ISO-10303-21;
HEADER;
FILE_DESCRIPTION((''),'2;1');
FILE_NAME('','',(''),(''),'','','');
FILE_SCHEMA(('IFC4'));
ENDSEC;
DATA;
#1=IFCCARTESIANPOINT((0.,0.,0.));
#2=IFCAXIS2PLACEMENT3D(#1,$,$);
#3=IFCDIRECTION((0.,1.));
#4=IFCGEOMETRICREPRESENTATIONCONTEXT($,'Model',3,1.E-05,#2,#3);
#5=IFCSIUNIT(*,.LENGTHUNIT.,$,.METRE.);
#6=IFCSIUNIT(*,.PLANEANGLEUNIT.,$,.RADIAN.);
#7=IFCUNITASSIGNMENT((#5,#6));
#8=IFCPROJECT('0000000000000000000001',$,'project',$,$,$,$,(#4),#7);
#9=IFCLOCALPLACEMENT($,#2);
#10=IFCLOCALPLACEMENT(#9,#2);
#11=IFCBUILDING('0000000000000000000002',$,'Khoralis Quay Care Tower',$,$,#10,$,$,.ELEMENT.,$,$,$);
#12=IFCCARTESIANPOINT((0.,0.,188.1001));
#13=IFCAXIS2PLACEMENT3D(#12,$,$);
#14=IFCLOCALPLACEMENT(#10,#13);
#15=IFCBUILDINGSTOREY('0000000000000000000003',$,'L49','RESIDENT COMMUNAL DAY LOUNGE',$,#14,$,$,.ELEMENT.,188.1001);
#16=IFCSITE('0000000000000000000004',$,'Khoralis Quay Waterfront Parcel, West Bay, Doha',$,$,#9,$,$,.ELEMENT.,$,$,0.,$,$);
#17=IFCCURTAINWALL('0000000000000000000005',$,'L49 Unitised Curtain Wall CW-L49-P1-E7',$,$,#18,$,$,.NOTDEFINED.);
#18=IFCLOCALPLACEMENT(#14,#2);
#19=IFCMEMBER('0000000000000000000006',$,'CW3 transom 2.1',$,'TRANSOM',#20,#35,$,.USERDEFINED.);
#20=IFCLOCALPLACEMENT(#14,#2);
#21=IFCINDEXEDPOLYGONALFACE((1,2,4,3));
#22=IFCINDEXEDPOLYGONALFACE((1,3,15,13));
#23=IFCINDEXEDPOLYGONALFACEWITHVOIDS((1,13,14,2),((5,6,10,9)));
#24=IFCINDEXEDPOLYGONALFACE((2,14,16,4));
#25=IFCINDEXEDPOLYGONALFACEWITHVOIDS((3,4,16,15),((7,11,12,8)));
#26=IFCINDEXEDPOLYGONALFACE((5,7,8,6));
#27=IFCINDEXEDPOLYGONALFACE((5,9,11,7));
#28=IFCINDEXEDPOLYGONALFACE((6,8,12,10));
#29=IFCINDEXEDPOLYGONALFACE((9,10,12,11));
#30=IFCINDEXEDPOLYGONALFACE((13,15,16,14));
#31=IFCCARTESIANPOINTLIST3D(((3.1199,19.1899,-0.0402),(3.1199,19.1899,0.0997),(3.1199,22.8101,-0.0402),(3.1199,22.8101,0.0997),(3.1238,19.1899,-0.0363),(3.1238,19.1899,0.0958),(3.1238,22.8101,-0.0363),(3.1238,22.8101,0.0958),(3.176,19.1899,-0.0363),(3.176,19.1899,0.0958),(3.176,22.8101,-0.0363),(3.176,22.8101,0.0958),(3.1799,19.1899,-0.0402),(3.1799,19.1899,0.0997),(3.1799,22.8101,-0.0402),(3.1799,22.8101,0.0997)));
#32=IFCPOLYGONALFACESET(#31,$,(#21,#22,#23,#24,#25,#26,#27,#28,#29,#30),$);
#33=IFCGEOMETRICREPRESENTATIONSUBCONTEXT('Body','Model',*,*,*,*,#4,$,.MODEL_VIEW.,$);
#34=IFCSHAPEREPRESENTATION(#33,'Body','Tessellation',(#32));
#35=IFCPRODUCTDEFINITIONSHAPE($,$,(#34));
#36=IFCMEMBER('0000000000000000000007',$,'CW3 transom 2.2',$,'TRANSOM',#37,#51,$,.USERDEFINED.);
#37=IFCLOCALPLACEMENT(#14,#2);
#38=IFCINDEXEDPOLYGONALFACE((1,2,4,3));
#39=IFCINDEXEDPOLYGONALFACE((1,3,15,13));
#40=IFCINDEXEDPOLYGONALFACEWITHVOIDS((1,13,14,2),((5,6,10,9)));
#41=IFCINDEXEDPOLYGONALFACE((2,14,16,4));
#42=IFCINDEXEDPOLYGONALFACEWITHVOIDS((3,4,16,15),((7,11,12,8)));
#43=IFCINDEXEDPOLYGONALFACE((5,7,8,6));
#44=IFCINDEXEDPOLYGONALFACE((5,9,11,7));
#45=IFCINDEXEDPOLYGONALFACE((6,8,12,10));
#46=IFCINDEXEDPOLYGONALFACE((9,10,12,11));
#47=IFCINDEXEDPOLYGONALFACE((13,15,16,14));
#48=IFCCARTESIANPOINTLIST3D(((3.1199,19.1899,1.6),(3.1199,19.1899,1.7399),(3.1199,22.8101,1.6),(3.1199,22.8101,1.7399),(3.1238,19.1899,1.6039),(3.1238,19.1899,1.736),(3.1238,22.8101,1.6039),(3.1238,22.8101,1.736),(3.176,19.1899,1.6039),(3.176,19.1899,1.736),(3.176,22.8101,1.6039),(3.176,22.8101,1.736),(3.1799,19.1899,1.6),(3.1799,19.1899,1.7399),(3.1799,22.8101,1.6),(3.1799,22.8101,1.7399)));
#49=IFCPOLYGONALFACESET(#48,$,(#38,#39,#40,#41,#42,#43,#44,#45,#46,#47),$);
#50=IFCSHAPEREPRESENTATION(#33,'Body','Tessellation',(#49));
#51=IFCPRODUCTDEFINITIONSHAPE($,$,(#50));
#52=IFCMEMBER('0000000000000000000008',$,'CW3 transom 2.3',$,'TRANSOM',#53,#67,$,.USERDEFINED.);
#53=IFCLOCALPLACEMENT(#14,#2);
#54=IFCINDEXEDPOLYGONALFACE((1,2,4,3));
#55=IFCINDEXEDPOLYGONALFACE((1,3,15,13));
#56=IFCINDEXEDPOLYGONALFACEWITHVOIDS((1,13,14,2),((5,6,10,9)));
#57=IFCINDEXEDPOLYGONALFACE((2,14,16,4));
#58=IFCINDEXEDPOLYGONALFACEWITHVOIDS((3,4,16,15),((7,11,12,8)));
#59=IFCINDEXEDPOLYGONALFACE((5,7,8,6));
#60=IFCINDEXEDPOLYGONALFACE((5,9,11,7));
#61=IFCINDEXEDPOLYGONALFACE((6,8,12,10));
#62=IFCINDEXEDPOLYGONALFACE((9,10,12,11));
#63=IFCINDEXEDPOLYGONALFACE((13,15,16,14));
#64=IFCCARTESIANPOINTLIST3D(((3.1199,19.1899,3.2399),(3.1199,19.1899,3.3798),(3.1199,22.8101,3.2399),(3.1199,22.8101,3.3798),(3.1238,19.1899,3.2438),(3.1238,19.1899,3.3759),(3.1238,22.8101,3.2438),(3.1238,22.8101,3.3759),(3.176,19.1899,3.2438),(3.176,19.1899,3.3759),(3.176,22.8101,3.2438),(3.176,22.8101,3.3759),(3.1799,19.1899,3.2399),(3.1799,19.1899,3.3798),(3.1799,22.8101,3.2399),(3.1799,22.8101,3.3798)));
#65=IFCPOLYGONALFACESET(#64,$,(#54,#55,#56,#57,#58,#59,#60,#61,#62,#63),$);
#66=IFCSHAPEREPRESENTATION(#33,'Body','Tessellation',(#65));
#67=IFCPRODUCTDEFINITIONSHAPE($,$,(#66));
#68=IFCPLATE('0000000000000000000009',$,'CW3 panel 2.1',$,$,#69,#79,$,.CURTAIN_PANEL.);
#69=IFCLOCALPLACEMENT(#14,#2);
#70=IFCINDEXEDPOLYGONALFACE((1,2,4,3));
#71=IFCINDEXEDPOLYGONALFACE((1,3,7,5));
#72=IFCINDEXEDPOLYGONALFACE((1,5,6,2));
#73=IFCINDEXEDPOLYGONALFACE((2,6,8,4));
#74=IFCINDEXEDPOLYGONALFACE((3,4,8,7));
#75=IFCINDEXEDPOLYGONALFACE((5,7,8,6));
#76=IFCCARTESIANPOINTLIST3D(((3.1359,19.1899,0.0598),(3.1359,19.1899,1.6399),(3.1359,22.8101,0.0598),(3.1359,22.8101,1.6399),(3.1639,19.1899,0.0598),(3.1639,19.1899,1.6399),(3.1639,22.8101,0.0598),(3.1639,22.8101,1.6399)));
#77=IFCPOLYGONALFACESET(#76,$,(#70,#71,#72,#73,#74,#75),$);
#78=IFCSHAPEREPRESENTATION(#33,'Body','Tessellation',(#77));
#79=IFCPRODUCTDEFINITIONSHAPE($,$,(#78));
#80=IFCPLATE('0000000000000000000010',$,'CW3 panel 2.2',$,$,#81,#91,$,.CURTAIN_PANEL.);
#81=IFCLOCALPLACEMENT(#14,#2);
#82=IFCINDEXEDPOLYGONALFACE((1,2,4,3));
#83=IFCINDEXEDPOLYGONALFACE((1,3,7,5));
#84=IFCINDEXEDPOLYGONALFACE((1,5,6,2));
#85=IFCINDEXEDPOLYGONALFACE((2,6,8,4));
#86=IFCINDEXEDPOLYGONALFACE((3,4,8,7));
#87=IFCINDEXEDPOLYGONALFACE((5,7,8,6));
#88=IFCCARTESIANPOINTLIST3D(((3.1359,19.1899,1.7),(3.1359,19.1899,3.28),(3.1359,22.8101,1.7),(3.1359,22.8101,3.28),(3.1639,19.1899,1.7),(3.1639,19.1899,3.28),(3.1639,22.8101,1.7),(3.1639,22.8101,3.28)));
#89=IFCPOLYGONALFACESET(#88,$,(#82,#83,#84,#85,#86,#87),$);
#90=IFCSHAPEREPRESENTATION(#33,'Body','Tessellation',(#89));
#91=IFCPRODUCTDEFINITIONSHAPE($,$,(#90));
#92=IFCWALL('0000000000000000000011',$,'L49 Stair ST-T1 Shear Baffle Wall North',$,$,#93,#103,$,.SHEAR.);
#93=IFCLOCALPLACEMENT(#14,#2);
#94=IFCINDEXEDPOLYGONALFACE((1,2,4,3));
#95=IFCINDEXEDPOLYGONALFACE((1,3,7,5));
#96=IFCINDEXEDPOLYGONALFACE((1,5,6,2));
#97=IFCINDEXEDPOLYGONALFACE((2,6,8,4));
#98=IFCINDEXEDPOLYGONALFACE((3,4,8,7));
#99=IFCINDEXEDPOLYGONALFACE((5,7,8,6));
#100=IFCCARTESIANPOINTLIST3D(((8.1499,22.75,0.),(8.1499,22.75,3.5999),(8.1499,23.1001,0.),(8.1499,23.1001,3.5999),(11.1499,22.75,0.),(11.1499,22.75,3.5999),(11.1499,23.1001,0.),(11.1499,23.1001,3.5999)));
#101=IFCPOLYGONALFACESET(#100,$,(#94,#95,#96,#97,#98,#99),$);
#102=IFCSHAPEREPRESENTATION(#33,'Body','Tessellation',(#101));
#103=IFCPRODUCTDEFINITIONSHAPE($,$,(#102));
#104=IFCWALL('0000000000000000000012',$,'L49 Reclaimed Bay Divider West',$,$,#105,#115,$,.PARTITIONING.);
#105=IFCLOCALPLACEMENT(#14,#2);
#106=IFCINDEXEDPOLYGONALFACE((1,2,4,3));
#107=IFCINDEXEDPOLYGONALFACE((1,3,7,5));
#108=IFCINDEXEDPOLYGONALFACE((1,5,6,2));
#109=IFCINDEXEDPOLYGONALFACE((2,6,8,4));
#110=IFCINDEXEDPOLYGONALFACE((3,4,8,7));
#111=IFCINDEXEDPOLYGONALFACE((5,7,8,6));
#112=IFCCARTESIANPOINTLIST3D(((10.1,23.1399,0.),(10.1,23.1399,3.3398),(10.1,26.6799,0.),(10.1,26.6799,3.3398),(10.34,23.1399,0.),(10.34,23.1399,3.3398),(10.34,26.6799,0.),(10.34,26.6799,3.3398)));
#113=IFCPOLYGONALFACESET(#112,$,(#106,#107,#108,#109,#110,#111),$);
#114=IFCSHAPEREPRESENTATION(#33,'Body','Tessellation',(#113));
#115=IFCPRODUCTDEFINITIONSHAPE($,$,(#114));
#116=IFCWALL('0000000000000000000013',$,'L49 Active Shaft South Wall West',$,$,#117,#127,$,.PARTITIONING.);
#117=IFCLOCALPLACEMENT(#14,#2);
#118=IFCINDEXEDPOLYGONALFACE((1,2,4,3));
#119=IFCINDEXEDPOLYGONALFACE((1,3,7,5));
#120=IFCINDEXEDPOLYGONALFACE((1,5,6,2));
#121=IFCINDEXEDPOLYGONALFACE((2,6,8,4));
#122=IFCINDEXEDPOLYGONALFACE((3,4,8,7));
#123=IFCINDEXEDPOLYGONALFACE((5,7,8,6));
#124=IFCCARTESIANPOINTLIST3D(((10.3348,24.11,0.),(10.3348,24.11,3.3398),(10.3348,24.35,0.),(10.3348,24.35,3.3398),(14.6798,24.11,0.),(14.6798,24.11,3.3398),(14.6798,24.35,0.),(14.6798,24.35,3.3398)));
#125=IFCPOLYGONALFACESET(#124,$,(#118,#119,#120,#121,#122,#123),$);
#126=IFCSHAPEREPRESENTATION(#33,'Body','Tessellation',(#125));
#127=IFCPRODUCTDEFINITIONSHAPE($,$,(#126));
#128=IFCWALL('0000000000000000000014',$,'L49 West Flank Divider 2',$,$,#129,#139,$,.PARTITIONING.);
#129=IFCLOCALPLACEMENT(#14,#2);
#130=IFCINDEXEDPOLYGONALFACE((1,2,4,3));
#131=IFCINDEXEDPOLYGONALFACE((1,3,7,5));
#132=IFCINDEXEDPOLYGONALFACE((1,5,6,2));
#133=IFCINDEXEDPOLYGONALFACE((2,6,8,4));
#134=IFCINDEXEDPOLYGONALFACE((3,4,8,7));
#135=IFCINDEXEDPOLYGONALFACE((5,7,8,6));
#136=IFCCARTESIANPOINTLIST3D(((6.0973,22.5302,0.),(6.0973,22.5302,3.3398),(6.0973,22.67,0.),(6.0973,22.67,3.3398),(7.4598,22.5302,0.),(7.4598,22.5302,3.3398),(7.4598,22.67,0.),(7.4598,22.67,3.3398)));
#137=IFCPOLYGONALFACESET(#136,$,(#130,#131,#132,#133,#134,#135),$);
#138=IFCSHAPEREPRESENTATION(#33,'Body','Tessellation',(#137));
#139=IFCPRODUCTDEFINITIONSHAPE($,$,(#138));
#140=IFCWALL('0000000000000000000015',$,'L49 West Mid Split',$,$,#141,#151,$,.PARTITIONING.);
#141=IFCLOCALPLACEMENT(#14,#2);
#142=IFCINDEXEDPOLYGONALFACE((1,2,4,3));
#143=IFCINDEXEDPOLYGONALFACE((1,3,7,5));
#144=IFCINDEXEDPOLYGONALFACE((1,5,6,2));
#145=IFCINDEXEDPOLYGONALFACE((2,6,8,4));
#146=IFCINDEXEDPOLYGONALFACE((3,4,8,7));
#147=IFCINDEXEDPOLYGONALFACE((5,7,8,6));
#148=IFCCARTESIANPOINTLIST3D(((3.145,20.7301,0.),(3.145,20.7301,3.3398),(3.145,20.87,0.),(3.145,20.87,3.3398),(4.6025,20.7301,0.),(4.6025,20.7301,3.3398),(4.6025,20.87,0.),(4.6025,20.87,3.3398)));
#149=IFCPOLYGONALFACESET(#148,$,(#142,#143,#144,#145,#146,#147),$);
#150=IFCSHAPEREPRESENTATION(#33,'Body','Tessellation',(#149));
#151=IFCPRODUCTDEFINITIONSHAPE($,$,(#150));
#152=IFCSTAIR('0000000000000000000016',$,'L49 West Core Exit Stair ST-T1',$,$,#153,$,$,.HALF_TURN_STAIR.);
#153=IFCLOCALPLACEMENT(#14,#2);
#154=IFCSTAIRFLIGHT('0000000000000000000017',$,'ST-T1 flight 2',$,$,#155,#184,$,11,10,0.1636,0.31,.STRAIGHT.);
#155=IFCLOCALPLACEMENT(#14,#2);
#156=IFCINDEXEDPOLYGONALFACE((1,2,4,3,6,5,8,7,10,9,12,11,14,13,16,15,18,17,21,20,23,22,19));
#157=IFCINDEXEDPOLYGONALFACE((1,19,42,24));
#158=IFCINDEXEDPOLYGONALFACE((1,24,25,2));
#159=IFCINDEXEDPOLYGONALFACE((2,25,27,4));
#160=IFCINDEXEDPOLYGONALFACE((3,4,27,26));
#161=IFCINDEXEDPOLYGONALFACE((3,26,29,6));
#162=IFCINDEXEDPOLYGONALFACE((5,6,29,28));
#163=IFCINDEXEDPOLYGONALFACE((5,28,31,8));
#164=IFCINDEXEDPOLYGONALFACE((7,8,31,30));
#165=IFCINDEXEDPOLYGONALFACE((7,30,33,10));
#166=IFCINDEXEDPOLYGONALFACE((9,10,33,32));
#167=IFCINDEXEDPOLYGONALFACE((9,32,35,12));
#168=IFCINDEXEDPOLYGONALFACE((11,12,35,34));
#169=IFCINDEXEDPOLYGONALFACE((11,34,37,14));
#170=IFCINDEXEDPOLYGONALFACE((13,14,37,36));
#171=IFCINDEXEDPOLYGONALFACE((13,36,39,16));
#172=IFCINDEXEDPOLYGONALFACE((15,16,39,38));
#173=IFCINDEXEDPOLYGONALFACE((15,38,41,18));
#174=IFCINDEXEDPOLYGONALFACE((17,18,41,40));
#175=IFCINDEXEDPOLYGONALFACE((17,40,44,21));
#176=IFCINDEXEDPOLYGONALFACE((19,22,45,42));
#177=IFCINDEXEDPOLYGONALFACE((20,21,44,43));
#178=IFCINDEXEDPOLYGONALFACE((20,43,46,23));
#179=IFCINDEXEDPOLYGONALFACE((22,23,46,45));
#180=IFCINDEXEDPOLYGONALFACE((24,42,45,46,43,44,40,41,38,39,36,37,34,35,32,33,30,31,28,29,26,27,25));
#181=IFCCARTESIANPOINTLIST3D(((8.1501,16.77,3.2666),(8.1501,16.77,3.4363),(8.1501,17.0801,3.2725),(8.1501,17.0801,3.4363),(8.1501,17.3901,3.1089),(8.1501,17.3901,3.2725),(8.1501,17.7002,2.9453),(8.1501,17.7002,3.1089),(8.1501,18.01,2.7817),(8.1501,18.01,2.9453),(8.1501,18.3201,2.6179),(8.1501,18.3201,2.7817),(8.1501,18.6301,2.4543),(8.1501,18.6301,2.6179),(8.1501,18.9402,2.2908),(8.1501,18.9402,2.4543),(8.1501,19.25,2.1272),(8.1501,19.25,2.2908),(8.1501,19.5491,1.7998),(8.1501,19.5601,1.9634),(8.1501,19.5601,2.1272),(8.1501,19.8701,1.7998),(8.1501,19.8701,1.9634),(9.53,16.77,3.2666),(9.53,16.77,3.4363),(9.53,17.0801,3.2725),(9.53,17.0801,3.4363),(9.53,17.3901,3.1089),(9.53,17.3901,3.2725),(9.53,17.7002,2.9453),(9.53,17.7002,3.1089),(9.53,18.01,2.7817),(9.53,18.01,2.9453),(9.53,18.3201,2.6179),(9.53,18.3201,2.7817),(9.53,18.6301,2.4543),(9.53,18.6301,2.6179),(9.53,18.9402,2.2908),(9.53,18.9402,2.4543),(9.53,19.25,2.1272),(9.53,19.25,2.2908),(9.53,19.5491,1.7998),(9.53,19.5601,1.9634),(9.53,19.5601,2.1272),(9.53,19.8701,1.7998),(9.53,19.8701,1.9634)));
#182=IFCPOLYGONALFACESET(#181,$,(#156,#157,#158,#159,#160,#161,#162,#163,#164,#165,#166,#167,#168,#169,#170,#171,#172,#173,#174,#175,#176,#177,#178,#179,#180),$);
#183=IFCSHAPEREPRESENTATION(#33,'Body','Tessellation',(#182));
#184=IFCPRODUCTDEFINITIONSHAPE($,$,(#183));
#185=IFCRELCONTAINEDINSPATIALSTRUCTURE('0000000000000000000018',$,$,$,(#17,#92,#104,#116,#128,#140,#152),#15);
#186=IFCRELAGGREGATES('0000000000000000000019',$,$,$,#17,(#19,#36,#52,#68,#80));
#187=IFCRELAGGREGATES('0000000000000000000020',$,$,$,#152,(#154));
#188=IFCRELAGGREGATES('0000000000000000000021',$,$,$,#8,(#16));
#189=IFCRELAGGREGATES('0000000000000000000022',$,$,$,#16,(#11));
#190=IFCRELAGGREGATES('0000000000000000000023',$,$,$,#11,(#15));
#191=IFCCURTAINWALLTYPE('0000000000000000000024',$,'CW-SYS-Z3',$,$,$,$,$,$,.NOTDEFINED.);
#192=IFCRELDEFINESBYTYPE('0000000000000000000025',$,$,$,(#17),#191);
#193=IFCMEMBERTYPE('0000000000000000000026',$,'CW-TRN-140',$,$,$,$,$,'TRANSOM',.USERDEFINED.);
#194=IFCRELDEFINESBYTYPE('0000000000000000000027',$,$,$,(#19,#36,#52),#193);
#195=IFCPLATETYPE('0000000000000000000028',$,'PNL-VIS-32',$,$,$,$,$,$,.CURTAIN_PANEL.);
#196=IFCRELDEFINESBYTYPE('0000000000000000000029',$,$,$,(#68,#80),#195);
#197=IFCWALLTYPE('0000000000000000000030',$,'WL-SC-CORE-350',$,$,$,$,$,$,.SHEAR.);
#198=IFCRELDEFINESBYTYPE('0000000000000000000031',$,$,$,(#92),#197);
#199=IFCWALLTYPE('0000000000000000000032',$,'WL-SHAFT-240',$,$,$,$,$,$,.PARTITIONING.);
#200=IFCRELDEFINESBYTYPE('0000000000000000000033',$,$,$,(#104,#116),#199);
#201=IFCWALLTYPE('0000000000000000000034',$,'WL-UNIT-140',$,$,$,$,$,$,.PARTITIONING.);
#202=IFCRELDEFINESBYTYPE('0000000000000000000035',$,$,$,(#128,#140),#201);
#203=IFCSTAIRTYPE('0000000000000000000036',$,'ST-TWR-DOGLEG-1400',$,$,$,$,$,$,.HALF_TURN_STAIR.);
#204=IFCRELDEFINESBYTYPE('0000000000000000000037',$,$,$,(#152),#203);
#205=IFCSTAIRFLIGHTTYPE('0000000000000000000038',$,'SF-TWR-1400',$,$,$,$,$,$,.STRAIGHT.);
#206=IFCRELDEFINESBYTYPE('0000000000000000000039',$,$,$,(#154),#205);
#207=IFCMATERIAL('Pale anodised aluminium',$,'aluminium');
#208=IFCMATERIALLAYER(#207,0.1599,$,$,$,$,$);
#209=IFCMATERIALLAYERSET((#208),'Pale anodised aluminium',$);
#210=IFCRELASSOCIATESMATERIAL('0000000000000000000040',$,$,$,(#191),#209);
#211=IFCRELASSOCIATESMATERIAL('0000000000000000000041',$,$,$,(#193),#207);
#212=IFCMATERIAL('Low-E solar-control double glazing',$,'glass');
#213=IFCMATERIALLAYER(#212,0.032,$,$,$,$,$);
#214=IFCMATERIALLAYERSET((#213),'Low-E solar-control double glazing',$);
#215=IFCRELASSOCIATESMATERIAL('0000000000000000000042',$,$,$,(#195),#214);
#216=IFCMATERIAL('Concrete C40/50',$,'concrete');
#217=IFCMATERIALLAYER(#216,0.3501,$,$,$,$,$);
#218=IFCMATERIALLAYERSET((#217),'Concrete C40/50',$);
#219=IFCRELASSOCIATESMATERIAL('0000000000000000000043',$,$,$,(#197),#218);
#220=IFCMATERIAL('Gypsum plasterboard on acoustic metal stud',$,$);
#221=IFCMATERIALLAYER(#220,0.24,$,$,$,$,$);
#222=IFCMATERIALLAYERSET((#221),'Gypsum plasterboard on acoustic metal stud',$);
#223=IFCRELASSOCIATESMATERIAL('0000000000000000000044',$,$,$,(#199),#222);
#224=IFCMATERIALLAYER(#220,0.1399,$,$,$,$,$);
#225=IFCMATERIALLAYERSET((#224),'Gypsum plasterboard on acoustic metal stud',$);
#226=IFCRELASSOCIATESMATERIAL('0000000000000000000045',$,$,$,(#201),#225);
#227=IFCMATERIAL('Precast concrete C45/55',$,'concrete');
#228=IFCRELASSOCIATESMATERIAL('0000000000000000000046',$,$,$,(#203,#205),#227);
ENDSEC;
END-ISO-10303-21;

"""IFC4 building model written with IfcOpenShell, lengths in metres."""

from ifc_helpers import new_model, si_unit, direction, frame, frame_2d, origin, origin_2d, place, context, subcontext, project, spatial, polyline, rectangle, hollow_rectangle, outline, extrude, source, transform, mapped, material, layer, layer_set, material_profile, profile_set, type_object, element, aggregate, save


model = new_model("IFC4")

# Units and contexts
model_context = context("Model", 3, precision=1e-05, world=origin(), true_north=direction((0.0, 1.0)))
body_context = subcontext(model_context, "Body", "Model", "MODEL_VIEW")
ifc_project = project(units=[si_unit("LENGTHUNIT", "METRE"), si_unit("PLANEANGLEUNIT", "RADIAN")], contexts=[model_context])

# Site, building, storey
site_placement = place(None, origin())
site = spatial("IfcSite", under=ifc_project, at=site_placement, Name="Khoralis Quay Waterfront Parcel, West Bay, Doha", CompositionType="ELEMENT", RefElevation=0.0)
building_placement = place(site_placement, origin())
building = spatial("IfcBuilding", under=site, at=building_placement, Name="Khoralis Quay Care Tower", CompositionType="ELEMENT")
storey_placement = place(building_placement, frame((0.0, 0.0, 188.1001)))
storey = spatial("IfcBuildingStorey", under=building, at=storey_placement, Name="L49", Description="RESIDENT COMMUNAL DAY LOUNGE", CompositionType="ELEMENT", Elevation=188.1001)

# Curtain wall, members, plates
ifc_material_1 = material(Name="Pale anodised aluminium", Category="aluminium")
ifc_layer_1 = layer(ifc_material_1, 0.1599)
ifc_layer_set_1 = layer_set([ifc_layer_1], Name="Pale anodised aluminium")
curtain_wall_type = type_object("IfcCurtainWallType", Name="CW-SYS-Z3", PredefinedType="NOTDEFINED", material=ifc_layer_set_1)
curtain_wall_placement = place(storey_placement, origin())
curtain_wall = element("IfcCurtainWall", 1, at=curtain_wall_placement, inside=storey, type_object=curtain_wall_type, Name="L49 Unitised Curtain Wall CW-L49-P1-E7", PredefinedType="NOTDEFINED")
ifc_material_profile_1 = material_profile(ifc_material_1, hollow_rectangle(XDim=0.0601, YDim=0.1399, WallThickness=0.0039, at=origin_2d()), Name="Pale anodised aluminium")
ifc_profile_set_1 = profile_set([ifc_material_profile_1], Name="Pale anodised aluminium")
member_type_1 = type_object("IfcMemberType", Name="CW-TRN-140", ElementType="TRANSOM", PredefinedType="USERDEFINED", material=ifc_profile_set_1)
shared_shape_1 = source(origin(), body_context, "Body", "SweptSolid", [
    extrude(hollow_rectangle(XDim=0.0601, YDim=0.1399, WallThickness=0.0039, at=origin_2d()), origin(), (0.0, 0.0, 1.0), 3.6201),
])
member_1_placement = place(storey_placement, frame((3.1499, 22.8101, 0.0298), z_axis=(0.0, -1.0, 0.0), x_axis=(1.0, 0.0, 0.0)))
member_1 = element("IfcMember", 2, at=member_1_placement, type_object=member_type_1, Name="CW3 transom 2.1", ObjectType="TRANSOM", PredefinedType="USERDEFINED", context=body_context, shape_type="MappedRepresentation", body=[
    mapped(shared_shape_1, transform((0.0, 0.0, 0.0), scale=1.0)),
])
member_2_placement = place(storey_placement, frame((3.1499, 22.8101, 1.6699), z_axis=(0.0, -1.0, 0.0), x_axis=(1.0, 0.0, 0.0)))
member_2 = element("IfcMember", 3, at=member_2_placement, type_object=member_type_1, Name="CW3 transom 2.2", ObjectType="TRANSOM", PredefinedType="USERDEFINED", context=body_context, shape_type="MappedRepresentation", body=[
    mapped(shared_shape_1, transform((0.0, 0.0, 0.0), scale=1.0)),
])
member_3_placement = place(storey_placement, frame((3.1499, 22.8101, 3.3098), z_axis=(0.0, -1.0, 0.0), x_axis=(1.0, 0.0, 0.0)))
member_3 = element("IfcMember", 4, at=member_3_placement, type_object=member_type_1, Name="CW3 transom 2.3", ObjectType="TRANSOM", PredefinedType="USERDEFINED", context=body_context, shape_type="MappedRepresentation", body=[
    mapped(shared_shape_1, transform((0.0, 0.0, 0.0), scale=1.0)),
])
ifc_material_2 = material(Name="Low-E solar-control double glazing", Category="glass")
ifc_layer_2 = layer(ifc_material_2, 0.032)
ifc_layer_set_2 = layer_set([ifc_layer_2], Name="Low-E solar-control double glazing")
plate_type = type_object("IfcPlateType", Name="PNL-VIS-32", PredefinedType="CURTAIN_PANEL", material=ifc_layer_set_2)
shared_shape_2 = source(origin(), body_context, "Body", "SweptSolid", [
    extrude(rectangle(XDim=3.6201, YDim=0.0281, at=origin_2d()), origin(), (0.0, 0.0, 1.0), 1.5801),
])
plate_1_placement = place(storey_placement, frame((3.1499, 21.0, 0.0598), z_axis=(0.0, 0.0, 1.0), x_axis=(0.0, -1.0, 0.0)))
plate_1 = element("IfcPlate", 5, at=plate_1_placement, type_object=plate_type, Name="CW3 panel 2.1", PredefinedType="CURTAIN_PANEL", context=body_context, shape_type="MappedRepresentation", body=[
    mapped(shared_shape_2, transform((0.0, 0.0, 0.0), scale=1.0)),
])
plate_2_placement = place(storey_placement, frame((3.1499, 21.0, 1.7), z_axis=(0.0, 0.0, 1.0), x_axis=(0.0, -1.0, 0.0)))
plate_2 = element("IfcPlate", 6, at=plate_2_placement, type_object=plate_type, Name="CW3 panel 2.2", PredefinedType="CURTAIN_PANEL", context=body_context, shape_type="MappedRepresentation", body=[
    mapped(shared_shape_2, transform((0.0, 0.0, 0.0), scale=1.0)),
])
aggregate(curtain_wall, [member_1, member_2, member_3, plate_1, plate_2])

# Walls
ifc_material_3 = material(Name="Concrete C40/50", Category="concrete")
ifc_layer_3 = layer(ifc_material_3, 0.3501)
ifc_layer_set_3 = layer_set([ifc_layer_3], Name="Concrete C40/50")
wall_type_1 = type_object("IfcWallType", Name="WL-SC-CORE-350", PredefinedType="SHEAR", material=ifc_layer_set_3)
wall_1_placement = place(storey_placement, frame((8.1499, 22.925, 0.0), z_axis=(0.0, 0.0, 1.0), x_axis=(1.0, 0.0, 0.0)))
element("IfcWall", 7, at=wall_1_placement, inside=storey, type_object=wall_type_1, Name="L49 Stair ST-T1 Shear Baffle Wall North", PredefinedType="SHEAR", context=body_context, shape_type="SweptSolid", body=[
    extrude(rectangle(XDim=3.0, YDim=0.3501, at=frame_2d((1.5, 0.0))), origin(), (0.0, 0.0, 1.0), 3.5999),
])
ifc_material_4 = material(Name="Gypsum plasterboard on acoustic metal stud")
ifc_layer_4 = layer(ifc_material_4, 0.24)
ifc_layer_set_4 = layer_set([ifc_layer_4], Name="Gypsum plasterboard on acoustic metal stud")
wall_type_2 = type_object("IfcWallType", Name="WL-SHAFT-240", PredefinedType="PARTITIONING", material=ifc_layer_set_4)
wall_2_placement = place(storey_placement, frame((10.22, 23.1399, 0.0), z_axis=(0.0, 0.0, 1.0), x_axis=(0.0, 1.0, 0.0)))
element("IfcWall", 8, at=wall_2_placement, inside=storey, type_object=wall_type_2, Name="L49 Reclaimed Bay Divider West", PredefinedType="PARTITIONING", context=body_context, shape_type="SweptSolid", body=[
    extrude(rectangle(XDim=3.54, YDim=0.24, at=frame_2d((1.77, 0.0))), origin(), (0.0, 0.0, 1.0), 3.3398),
])
wall_3_placement = place(storey_placement, frame((10.335, 24.23, 0.0), z_axis=(0.0, 0.0, 1.0), x_axis=(1.0, 0.0, 0.0)))
element("IfcWall", 9, at=wall_3_placement, inside=storey, type_object=wall_type_2, Name="L49 Active Shaft South Wall West", PredefinedType="PARTITIONING", context=body_context, shape_type="SweptSolid", body=[
    extrude(rectangle(XDim=4.345, YDim=0.24, at=frame_2d((2.1724, 0.0))), origin(), (0.0, 0.0, 1.0), 3.3398),
])
ifc_layer_5 = layer(ifc_material_4, 0.1399)
ifc_layer_set_5 = layer_set([ifc_layer_5], Name="Gypsum plasterboard on acoustic metal stud")
wall_type_3 = type_object("IfcWallType", Name="WL-UNIT-140", PredefinedType="PARTITIONING", material=ifc_layer_set_5)
wall_4_placement = place(storey_placement, frame((6.0974, 22.6001, 0.0), z_axis=(0.0, 0.0, 1.0), x_axis=(1.0, 0.0, 0.0)))
element("IfcWall", 10, at=wall_4_placement, inside=storey, type_object=wall_type_3, Name="L49 West Flank Divider 2", PredefinedType="PARTITIONING", context=body_context, shape_type="SweptSolid", body=[
    extrude(rectangle(XDim=1.3625, YDim=0.1399, at=frame_2d((0.6812, 0.0))), origin(), (0.0, 0.0, 1.0), 3.3398),
])
wall_5_placement = place(storey_placement, frame((3.145, 20.8, 0.0), z_axis=(0.0, 0.0, 1.0), x_axis=(1.0, 0.0, 0.0)))
element("IfcWall", 11, at=wall_5_placement, inside=storey, type_object=wall_type_3, Name="L49 West Mid Split", PredefinedType="PARTITIONING", context=body_context, shape_type="SweptSolid", body=[
    extrude(rectangle(XDim=1.4575, YDim=0.1399, at=frame_2d((0.7288, 0.0))), origin(), (0.0, 0.0, 1.0), 3.3398),
])

# Stair, stair flight
ifc_material_5 = material(Name="Precast concrete C45/55", Category="concrete")
stair_type = type_object("IfcStairType", Name="ST-TWR-DOGLEG-1400", PredefinedType="HALF_TURN_STAIR", material=ifc_material_5)
stair_placement = place(storey_placement, origin())
stair = element("IfcStair", 12, at=stair_placement, inside=storey, type_object=stair_type, Name="L49 West Core Exit Stair ST-T1", PredefinedType="HALF_TURN_STAIR")
stair_flight_type = type_object("IfcStairFlightType", Name="SF-TWR-1400", PredefinedType="STRAIGHT", material=ifc_material_5)
shared_shape_3 = source(origin(), body_context, "Body", "SweptSolid", [
    extrude(outline(polyline([(0.0, 0.0), (0.0, 0.1636), (0.3101, 0.1636), (0.3101, 0.3274), (0.6201, 0.3274), (0.6201, 0.491), (0.9299, 0.491), (0.9299, 0.6545), (1.24, 0.6545), (1.24, 0.8181), (1.55, 0.8181), (1.55, 0.9819), (1.8601, 0.9819), (1.8601, 1.1455), (2.1699, 1.1455), (2.1699, 1.3091), (2.48, 1.3091), (2.48, 1.4727), (2.79, 1.4727), (2.79, 1.6365), (3.1001, 1.6365), (3.1001, 1.8), (3.1001, 1.4668), (0.321, 0.0), (0.0, 0.0)])), frame((0.0, 0.6899, 0.0), z_axis=(0.0, -1.0, 0.0), x_axis=(1.0, 0.0, 0.0)), (0.0, 0.0, 1.0), 1.3799),
])
stair_flight_placement = place(storey_placement, frame((8.8401, 19.8701, 1.7998), z_axis=(0.0, 0.0, 1.0), x_axis=(0.0, -1.0, 0.0)))
stair_flight = element("IfcStairFlight", 13, at=stair_flight_placement, type_object=stair_flight_type, Name="ST-T1 flight 2", NumberOfRisers=11, NumberOfTreads=10, PredefinedType="STRAIGHT", RiserHeight=0.1636, TreadLength=0.31, context=body_context, shape_type="MappedRepresentation", body=[
    mapped(shared_shape_3, transform((0.0, 0.0, 0.0), scale=1.0)),
])
aggregate(stair, [stair_flight])

save(model, "model.ifc")
